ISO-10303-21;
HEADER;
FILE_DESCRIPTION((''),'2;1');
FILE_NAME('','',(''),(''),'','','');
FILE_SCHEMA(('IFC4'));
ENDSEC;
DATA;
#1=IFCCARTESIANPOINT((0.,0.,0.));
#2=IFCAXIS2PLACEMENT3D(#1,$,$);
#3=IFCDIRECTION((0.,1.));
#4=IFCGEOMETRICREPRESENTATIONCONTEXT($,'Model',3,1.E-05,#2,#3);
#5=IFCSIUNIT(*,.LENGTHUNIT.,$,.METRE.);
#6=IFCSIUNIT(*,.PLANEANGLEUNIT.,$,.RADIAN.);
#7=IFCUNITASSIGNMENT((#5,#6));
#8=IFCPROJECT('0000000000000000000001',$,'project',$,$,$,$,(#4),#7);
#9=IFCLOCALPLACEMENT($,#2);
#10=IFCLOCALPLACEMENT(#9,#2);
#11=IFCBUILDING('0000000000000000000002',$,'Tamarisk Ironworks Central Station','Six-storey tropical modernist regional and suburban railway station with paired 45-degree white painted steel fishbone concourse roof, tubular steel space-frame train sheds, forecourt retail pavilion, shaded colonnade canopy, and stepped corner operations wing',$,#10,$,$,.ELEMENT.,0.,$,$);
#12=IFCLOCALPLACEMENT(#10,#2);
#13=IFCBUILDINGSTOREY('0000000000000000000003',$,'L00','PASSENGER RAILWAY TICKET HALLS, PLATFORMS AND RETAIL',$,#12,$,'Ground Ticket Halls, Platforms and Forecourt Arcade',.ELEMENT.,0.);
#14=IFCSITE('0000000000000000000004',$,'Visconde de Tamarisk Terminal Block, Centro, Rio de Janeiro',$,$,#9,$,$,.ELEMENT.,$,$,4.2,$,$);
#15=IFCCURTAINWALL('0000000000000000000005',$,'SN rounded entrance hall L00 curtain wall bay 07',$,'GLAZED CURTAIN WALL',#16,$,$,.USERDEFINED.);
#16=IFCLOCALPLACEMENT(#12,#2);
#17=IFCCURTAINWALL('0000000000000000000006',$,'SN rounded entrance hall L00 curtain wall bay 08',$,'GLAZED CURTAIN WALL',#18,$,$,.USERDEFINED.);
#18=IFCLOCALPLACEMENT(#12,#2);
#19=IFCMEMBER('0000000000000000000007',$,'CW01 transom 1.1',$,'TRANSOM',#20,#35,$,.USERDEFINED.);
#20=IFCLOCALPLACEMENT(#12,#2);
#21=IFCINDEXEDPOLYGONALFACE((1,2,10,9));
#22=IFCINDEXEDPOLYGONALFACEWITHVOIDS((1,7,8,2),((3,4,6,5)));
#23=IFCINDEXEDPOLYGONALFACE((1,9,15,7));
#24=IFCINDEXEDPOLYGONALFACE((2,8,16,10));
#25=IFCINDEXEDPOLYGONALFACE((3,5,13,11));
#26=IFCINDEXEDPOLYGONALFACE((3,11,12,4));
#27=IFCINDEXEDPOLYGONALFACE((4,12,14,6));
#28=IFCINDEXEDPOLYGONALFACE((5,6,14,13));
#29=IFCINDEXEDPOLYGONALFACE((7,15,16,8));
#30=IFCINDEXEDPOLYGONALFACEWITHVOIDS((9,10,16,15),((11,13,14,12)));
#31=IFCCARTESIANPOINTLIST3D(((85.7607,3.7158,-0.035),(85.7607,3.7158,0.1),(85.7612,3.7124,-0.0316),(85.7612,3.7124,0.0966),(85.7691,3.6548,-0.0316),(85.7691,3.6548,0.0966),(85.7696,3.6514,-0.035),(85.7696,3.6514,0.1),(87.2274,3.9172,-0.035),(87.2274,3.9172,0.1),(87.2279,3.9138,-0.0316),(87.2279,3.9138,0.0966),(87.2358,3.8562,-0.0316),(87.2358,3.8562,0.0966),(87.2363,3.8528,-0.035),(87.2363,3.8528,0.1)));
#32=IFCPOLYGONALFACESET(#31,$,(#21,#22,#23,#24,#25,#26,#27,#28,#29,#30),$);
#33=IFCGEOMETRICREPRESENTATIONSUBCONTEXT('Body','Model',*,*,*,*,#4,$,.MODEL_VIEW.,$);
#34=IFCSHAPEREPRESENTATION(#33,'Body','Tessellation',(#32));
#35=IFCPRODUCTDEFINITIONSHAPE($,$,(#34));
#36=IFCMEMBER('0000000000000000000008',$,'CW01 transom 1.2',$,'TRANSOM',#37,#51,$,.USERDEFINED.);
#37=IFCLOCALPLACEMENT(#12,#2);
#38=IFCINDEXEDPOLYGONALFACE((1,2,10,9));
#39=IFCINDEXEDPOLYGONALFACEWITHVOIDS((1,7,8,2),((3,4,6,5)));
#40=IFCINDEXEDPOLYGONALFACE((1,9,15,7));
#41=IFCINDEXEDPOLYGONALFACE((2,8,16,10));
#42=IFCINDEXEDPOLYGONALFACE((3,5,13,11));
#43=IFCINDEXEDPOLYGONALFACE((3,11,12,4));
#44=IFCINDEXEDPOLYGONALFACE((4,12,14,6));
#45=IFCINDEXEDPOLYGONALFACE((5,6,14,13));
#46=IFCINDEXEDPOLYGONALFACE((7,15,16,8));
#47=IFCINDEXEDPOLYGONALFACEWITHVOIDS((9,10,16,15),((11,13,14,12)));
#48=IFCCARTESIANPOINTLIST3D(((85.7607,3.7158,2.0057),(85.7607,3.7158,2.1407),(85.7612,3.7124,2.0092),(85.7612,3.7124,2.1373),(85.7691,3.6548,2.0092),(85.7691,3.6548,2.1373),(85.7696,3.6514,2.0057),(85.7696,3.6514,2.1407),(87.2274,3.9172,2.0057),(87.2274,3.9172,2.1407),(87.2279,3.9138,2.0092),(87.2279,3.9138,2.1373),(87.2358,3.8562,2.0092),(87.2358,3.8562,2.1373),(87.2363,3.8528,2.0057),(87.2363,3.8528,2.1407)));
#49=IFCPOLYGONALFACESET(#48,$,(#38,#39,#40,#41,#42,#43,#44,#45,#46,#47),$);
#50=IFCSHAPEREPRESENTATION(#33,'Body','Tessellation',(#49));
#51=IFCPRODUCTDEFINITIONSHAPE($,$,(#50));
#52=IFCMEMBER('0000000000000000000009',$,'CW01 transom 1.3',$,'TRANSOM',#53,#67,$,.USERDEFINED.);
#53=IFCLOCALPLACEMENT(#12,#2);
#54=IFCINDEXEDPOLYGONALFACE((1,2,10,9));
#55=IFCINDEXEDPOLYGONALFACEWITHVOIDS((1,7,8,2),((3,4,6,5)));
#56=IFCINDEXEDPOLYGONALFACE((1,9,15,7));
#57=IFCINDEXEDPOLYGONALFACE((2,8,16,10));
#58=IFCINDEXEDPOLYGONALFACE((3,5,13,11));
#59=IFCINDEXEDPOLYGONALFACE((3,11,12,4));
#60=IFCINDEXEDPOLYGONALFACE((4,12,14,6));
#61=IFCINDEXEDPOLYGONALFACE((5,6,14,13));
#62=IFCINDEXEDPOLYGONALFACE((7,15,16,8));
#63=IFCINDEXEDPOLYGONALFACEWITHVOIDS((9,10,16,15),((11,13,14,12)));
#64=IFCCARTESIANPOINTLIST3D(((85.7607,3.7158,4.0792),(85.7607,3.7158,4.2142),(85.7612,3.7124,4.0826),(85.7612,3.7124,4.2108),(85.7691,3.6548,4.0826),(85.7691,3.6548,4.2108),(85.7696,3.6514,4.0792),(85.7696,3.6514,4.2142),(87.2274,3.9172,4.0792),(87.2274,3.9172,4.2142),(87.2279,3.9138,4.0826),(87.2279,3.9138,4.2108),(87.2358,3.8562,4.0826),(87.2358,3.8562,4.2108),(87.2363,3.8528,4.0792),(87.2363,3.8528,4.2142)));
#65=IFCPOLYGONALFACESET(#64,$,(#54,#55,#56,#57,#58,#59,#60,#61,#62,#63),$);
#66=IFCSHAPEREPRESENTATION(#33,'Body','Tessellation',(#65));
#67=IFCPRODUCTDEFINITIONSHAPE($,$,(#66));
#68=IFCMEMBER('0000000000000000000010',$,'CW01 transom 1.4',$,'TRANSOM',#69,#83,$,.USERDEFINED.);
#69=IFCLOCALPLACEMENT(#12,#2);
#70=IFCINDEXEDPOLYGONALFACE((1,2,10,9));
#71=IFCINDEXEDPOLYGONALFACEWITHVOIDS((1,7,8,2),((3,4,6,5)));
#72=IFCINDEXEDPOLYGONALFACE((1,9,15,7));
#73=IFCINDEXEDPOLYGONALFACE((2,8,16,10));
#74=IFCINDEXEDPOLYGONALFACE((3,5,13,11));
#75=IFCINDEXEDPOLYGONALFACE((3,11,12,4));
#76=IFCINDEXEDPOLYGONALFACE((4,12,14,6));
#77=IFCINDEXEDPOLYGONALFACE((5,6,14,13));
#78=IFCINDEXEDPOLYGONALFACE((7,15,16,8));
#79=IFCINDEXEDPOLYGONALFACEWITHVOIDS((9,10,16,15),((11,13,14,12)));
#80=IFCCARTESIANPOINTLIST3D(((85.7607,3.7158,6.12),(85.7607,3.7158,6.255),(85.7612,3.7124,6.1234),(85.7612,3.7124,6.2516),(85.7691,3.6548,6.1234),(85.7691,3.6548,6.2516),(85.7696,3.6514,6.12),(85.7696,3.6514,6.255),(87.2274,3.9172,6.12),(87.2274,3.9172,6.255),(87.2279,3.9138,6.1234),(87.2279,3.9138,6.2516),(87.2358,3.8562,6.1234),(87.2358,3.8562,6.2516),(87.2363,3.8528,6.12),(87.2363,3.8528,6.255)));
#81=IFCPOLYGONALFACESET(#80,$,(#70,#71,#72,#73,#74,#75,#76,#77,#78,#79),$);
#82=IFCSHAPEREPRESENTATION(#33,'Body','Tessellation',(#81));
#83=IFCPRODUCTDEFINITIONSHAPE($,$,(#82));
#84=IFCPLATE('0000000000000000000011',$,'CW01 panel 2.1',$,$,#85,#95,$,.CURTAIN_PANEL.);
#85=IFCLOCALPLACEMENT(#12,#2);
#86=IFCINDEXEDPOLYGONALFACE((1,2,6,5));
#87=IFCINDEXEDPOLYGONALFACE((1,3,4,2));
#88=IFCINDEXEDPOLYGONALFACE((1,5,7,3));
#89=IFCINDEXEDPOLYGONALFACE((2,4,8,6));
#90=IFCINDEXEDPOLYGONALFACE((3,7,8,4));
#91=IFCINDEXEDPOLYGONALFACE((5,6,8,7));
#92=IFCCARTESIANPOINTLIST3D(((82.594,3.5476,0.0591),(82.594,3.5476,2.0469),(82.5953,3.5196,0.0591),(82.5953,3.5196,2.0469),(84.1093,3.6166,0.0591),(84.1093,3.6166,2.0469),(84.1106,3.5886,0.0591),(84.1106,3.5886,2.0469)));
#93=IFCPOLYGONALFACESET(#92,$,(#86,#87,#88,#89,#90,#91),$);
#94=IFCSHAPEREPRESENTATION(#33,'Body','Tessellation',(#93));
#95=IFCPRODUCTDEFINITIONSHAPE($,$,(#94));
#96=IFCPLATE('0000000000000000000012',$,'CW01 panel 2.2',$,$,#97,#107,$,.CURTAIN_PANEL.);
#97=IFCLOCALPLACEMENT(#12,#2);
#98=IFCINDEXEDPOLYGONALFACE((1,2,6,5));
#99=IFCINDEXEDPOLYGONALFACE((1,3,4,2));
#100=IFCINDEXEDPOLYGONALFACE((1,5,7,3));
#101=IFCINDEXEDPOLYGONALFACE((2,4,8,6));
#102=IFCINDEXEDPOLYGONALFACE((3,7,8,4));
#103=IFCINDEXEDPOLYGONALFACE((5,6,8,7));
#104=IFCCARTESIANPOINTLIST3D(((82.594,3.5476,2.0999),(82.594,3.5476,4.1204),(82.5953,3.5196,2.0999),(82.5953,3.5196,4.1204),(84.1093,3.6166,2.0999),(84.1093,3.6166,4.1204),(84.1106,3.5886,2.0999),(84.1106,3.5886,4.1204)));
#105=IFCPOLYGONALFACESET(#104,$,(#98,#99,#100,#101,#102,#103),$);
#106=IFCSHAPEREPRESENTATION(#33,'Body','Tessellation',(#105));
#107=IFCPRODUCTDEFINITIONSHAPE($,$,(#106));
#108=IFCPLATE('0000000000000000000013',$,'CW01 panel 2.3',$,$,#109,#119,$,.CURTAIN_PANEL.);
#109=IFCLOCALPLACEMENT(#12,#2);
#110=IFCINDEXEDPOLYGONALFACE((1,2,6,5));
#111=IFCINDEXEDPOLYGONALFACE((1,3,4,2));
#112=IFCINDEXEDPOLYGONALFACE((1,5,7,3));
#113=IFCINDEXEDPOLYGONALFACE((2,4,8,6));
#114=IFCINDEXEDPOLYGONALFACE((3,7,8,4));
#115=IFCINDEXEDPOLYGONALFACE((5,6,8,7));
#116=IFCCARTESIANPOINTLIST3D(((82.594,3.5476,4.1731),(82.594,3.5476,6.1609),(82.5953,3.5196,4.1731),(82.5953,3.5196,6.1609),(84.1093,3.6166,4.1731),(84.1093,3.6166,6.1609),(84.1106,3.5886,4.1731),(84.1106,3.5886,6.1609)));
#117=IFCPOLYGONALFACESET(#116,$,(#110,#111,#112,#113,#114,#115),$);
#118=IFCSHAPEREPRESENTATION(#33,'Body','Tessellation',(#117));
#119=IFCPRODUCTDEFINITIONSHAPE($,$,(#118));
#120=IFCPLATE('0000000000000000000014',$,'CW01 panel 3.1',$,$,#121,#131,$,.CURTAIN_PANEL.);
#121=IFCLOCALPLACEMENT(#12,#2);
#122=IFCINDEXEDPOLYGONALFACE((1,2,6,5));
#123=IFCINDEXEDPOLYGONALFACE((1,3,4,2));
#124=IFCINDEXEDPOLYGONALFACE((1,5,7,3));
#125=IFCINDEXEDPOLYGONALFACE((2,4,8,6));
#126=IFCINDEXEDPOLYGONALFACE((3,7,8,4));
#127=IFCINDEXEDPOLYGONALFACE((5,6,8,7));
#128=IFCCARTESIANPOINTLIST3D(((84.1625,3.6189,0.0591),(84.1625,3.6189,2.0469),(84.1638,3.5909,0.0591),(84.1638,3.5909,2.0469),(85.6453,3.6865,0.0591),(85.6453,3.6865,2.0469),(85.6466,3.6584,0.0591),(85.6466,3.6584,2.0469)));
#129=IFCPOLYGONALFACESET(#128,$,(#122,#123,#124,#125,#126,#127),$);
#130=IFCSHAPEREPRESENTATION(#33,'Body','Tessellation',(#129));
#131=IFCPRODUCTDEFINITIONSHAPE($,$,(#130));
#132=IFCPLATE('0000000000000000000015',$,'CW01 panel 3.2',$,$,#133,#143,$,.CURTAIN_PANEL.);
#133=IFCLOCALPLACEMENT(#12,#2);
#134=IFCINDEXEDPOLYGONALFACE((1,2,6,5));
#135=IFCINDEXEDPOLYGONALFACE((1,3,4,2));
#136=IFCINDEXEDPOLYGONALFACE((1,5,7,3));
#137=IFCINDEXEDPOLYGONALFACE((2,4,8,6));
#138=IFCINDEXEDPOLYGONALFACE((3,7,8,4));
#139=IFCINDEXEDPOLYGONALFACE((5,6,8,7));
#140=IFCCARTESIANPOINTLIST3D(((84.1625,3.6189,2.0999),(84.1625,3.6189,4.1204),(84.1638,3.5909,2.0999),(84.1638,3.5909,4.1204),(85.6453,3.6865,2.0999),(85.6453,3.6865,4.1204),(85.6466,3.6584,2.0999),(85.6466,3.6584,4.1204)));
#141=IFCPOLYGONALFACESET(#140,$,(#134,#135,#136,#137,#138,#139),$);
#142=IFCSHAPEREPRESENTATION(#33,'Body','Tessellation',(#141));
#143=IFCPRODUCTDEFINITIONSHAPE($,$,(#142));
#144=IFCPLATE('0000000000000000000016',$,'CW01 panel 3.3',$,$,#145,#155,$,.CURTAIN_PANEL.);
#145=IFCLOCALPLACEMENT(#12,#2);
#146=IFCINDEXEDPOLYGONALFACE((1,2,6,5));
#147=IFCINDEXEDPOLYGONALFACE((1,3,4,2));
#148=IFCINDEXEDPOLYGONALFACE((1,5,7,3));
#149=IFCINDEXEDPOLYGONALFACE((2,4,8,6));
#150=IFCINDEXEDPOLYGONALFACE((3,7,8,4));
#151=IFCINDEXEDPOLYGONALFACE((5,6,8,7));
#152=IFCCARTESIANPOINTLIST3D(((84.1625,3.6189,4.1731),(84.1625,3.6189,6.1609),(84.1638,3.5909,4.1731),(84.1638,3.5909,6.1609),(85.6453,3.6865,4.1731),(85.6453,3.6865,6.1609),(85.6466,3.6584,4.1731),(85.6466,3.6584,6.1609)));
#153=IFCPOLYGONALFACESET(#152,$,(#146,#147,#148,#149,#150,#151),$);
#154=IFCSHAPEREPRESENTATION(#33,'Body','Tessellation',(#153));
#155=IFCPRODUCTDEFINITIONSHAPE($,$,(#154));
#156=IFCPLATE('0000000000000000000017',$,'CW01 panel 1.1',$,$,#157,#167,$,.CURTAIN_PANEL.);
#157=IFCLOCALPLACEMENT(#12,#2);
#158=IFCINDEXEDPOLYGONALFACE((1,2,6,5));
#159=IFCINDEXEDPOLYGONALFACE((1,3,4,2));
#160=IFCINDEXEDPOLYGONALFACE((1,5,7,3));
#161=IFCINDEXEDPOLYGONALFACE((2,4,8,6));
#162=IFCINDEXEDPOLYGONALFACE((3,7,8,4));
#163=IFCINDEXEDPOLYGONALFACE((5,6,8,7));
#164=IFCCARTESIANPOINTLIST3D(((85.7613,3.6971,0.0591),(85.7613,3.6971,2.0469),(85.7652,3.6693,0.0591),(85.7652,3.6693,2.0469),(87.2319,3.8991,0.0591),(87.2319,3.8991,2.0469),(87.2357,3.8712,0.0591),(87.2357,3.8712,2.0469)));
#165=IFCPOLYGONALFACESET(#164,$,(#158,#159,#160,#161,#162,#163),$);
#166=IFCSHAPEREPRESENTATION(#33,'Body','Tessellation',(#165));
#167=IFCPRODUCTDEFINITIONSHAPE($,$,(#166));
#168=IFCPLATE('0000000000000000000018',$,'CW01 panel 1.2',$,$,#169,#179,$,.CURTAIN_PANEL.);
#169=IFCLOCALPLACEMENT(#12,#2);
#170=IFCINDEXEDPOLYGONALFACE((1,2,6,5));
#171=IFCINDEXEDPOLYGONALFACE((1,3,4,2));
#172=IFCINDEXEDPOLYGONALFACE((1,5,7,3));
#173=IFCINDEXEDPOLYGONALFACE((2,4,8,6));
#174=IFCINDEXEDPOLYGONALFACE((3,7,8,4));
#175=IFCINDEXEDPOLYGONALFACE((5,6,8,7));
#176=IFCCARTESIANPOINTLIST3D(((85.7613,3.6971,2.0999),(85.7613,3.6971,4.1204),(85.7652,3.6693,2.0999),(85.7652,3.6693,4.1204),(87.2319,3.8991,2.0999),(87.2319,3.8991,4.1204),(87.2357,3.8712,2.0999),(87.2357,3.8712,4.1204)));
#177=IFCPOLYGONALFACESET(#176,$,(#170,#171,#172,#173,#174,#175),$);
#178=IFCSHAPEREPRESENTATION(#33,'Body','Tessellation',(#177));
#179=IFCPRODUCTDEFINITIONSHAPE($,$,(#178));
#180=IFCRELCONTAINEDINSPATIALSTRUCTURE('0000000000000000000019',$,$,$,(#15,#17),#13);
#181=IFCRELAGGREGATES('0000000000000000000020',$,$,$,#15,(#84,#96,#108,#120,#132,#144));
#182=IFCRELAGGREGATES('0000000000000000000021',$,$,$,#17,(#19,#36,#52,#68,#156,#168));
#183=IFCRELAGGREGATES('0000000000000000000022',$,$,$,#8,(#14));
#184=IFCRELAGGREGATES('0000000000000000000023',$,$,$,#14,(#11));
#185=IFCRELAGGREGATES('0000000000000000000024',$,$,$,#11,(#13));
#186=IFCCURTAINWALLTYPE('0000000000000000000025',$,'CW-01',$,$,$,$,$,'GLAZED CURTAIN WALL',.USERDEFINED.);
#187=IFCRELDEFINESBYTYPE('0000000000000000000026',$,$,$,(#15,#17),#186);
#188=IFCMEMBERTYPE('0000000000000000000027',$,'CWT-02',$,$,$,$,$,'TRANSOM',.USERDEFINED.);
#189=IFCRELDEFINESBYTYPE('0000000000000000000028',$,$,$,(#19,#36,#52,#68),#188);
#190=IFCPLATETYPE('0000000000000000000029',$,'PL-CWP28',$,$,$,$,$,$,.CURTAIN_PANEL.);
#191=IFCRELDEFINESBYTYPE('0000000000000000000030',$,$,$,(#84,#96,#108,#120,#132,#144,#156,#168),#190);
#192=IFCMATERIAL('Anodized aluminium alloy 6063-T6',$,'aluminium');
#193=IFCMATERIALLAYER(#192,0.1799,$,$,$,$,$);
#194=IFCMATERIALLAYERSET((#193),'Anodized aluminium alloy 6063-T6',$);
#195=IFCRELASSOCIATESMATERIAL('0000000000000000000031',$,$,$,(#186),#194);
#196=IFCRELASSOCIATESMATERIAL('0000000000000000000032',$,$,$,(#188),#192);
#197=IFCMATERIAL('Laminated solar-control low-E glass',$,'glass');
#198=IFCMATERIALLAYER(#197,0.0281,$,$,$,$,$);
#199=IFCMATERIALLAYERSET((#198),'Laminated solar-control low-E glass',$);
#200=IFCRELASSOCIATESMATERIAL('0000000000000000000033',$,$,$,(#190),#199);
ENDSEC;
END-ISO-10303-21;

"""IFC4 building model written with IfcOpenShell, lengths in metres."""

from ifc_helpers import new_model, si_unit, direction, frame, origin, origin_2d, place, context, subcontext, project, spatial, rectangle, hollow_rectangle, extrude, material, layer, layer_set, material_profile, profile_set, type_object, element, aggregate, save


model = new_model("IFC4")

# Units and contexts
model_context = context("Model", 3, precision=1e-05, world=origin(), true_north=direction((0.0, 1.0)))
body_context = subcontext(model_context, "Body", "Model", "MODEL_VIEW")
ifc_project = project(units=[si_unit("LENGTHUNIT", "METRE"), si_unit("PLANEANGLEUNIT", "RADIAN")], contexts=[model_context])

# Site, building, storey
site_placement = place(None, origin())
site = spatial("IfcSite", under=ifc_project, at=site_placement, Name="Visconde de Tamarisk Terminal Block, Centro, Rio de Janeiro", CompositionType="ELEMENT", RefElevation=4.2)
building_placement = place(site_placement, origin())
building = spatial("IfcBuilding", under=site, at=building_placement, Name="Tamarisk Ironworks Central Station", Description="Six-storey tropical modernist regional and suburban railway station with paired 45-degree white painted steel fishbone concourse roof, tubular steel space-frame train sheds, forecourt retail pavilion, shaded colonnade canopy, and stepped corner operations wing", CompositionType="ELEMENT", ElevationOfRefHeight=0.0)
storey_placement = place(building_placement, origin())
storey = spatial("IfcBuildingStorey", under=building, at=storey_placement, Name="L00", Description="PASSENGER RAILWAY TICKET HALLS, PLATFORMS AND RETAIL", LongName="Ground Ticket Halls, Platforms and Forecourt Arcade", CompositionType="ELEMENT", Elevation=0.0)

# Curtain wall
ifc_material_1 = material(Name="Anodized aluminium alloy 6063-T6", Category="aluminium")
ifc_layer_1 = layer(ifc_material_1, 0.1799)
ifc_layer_set_1 = layer_set([ifc_layer_1], Name="Anodized aluminium alloy 6063-T6")
curtain_wall_type = type_object("IfcCurtainWallType", Name="CW-01", ElementType="GLAZED CURTAIN WALL", PredefinedType="USERDEFINED", material=ifc_layer_set_1)
curtain_wall_1_placement = place(storey_placement, origin())
curtain_wall_1 = element("IfcCurtainWall", 1, at=curtain_wall_1_placement, inside=storey, type_object=curtain_wall_type, Name="SN rounded entrance hall L00 curtain wall bay 07", ObjectType="GLAZED CURTAIN WALL", PredefinedType="USERDEFINED")

# Curtain wall
curtain_wall_2_placement = place(storey_placement, origin())
curtain_wall_2 = element("IfcCurtainWall", 2, at=curtain_wall_2_placement, inside=storey, type_object=curtain_wall_type, Name="SN rounded entrance hall L00 curtain wall bay 08", ObjectType="GLAZED CURTAIN WALL", PredefinedType="USERDEFINED")

# Members
ifc_material_profile_1 = material_profile(ifc_material_1, hollow_rectangle(XDim=0.0649, YDim=0.135, WallThickness=0.0034, at=origin_2d()), Name="ALUM 135x65")
ifc_profile_set_1 = profile_set([ifc_material_profile_1], Name="Anodized aluminium alloy 6063-T6")
member_type_1 = type_object("IfcMemberType", Name="CWT-02", ElementType="TRANSOM", PredefinedType="USERDEFINED", material=ifc_profile_set_1)
member_1_placement = place(storey_placement, frame((85.7651, 3.6836, 0.0325), z_axis=(0.990703, 0.13604, 0.0), x_axis=(-0.13604, 0.990703, 0.0)))
member_1 = element("IfcMember", 3, at=member_1_placement, type_object=member_type_1, Name="CW01 transom 1.1", ObjectType="TRANSOM", PredefinedType="USERDEFINED", context=body_context, shape_type="SweptSolid", body=[
    extrude(hollow_rectangle(XDim=0.0649, YDim=0.135, WallThickness=0.0034, at=origin_2d()), origin(), (0.0, 0.0, 1.0), 1.4805),
])
member_2_placement = place(storey_placement, frame((85.7651, 3.6836, 2.0732), z_axis=(0.990703, 0.13604, 0.0), x_axis=(-0.13604, 0.990703, 0.0)))
member_2 = element("IfcMember", 4, at=member_2_placement, type_object=member_type_1, Name="CW01 transom 1.2", ObjectType="TRANSOM", PredefinedType="USERDEFINED", context=body_context, shape_type="SweptSolid", body=[
    extrude(hollow_rectangle(XDim=0.0649, YDim=0.135, WallThickness=0.0034, at=origin_2d()), origin(), (0.0, 0.0, 1.0), 1.4805),
])
member_3_placement = place(storey_placement, frame((85.7651, 3.6836, 4.1467), z_axis=(0.990703, 0.13604, 0.0), x_axis=(-0.13604, 0.990703, 0.0)))
member_3 = element("IfcMember", 5, at=member_3_placement, type_object=member_type_1, Name="CW01 transom 1.3", ObjectType="TRANSOM", PredefinedType="USERDEFINED", context=body_context, shape_type="SweptSolid", body=[
    extrude(hollow_rectangle(XDim=0.0649, YDim=0.135, WallThickness=0.0034, at=origin_2d()), origin(), (0.0, 0.0, 1.0), 1.4805),
])
member_4_placement = place(storey_placement, frame((85.7651, 3.6836, 6.1875), z_axis=(0.990703, 0.13604, 0.0), x_axis=(-0.13604, 0.990703, 0.0)))
member_4 = element("IfcMember", 6, at=member_4_placement, type_object=member_type_1, Name="CW01 transom 1.4", ObjectType="TRANSOM", PredefinedType="USERDEFINED", context=body_context, shape_type="SweptSolid", body=[
    extrude(hollow_rectangle(XDim=0.0649, YDim=0.135, WallThickness=0.0034, at=origin_2d()), origin(), (0.0, 0.0, 1.0), 1.4805),
])

# Plates
ifc_material_2 = material(Name="Laminated solar-control low-E glass", Category="glass")
ifc_layer_2 = layer(ifc_material_2, 0.0281)
ifc_layer_set_2 = layer_set([ifc_layer_2], Name="Laminated solar-control low-E glass")
plate_type = type_object("IfcPlateType", Name="PL-CWP28", PredefinedType="CURTAIN_PANEL", material=ifc_layer_set_2)
plate_1_placement = place(storey_placement, frame((83.3523, 3.5681, 0.0591), z_axis=(0.0, 0.0, 1.0), x_axis=(0.998965, 0.045481, 0.0)))
plate_1 = element("IfcPlate", 7, at=plate_1_placement, type_object=plate_type, Name="CW01 panel 2.1", PredefinedType="CURTAIN_PANEL", context=body_context, shape_type="SweptSolid", body=[
    extrude(rectangle(XDim=1.5168, YDim=0.0281, at=origin_2d()), origin(), (0.0, 0.0, 1.0), 1.9878),
])
plate_2_placement = place(storey_placement, frame((83.3523, 3.5681, 2.0999), z_axis=(0.0, 0.0, 1.0), x_axis=(0.998965, 0.045481, 0.0)))
plate_2 = element("IfcPlate", 8, at=plate_2_placement, type_object=plate_type, Name="CW01 panel 2.2", PredefinedType="CURTAIN_PANEL", context=body_context, shape_type="SweptSolid", body=[
    extrude(rectangle(XDim=1.5168, YDim=0.0281, at=origin_2d()), origin(), (0.0, 0.0, 1.0), 2.0205),
])
plate_3_placement = place(storey_placement, frame((83.3523, 3.5681, 4.1731), z_axis=(0.0, 0.0, 1.0), x_axis=(0.998965, 0.045481, 0.0)))
plate_3 = element("IfcPlate", 9, at=plate_3_placement, type_object=plate_type, Name="CW01 panel 2.3", PredefinedType="CURTAIN_PANEL", context=body_context, shape_type="SweptSolid", body=[
    extrude(rectangle(XDim=1.5168, YDim=0.0281, at=origin_2d()), origin(), (0.0, 0.0, 1.0), 1.9878),
])
plate_4_placement = place(storey_placement, frame((84.9045, 3.6387, 0.0591), z_axis=(0.0, 0.0, 1.0), x_axis=(0.998965, 0.045481, 0.0)))
plate_4 = element("IfcPlate", 10, at=plate_4_placement, type_object=plate_type, Name="CW01 panel 3.1", PredefinedType="CURTAIN_PANEL", context=body_context, shape_type="SweptSolid", body=[
    extrude(rectangle(XDim=1.4844, YDim=0.0281, at=origin_2d()), origin(), (0.0, 0.0, 1.0), 1.9878),
])
plate_5_placement = place(storey_placement, frame((84.9045, 3.6387, 2.0999), z_axis=(0.0, 0.0, 1.0), x_axis=(0.998965, 0.045481, 0.0)))
plate_5 = element("IfcPlate", 11, at=plate_5_placement, type_object=plate_type, Name="CW01 panel 3.2", PredefinedType="CURTAIN_PANEL", context=body_context, shape_type="SweptSolid", body=[
    extrude(rectangle(XDim=1.4844, YDim=0.0281, at=origin_2d()), origin(), (0.0, 0.0, 1.0), 2.0205),
])
plate_6_placement = place(storey_placement, frame((84.9045, 3.6387, 4.1731), z_axis=(0.0, 0.0, 1.0), x_axis=(0.998965, 0.045481, 0.0)))
plate_6 = element("IfcPlate", 12, at=plate_6_placement, type_object=plate_type, Name="CW01 panel 3.3", PredefinedType="CURTAIN_PANEL", context=body_context, shape_type="SweptSolid", body=[
    extrude(rectangle(XDim=1.4844, YDim=0.0281, at=origin_2d()), origin(), (0.0, 0.0, 1.0), 1.9878),
])
aggregate(curtain_wall_1, [plate_1, plate_2, plate_3, plate_4, plate_5, plate_6])
plate_7_placement = place(storey_placement, frame((86.4985, 3.7842, 0.0591), z_axis=(0.0, 0.0, 1.0), x_axis=(0.990703, 0.136042, 0.0)))
plate_7 = element("IfcPlate", 13, at=plate_7_placement, type_object=plate_type, Name="CW01 panel 1.1", PredefinedType="CURTAIN_PANEL", context=body_context, shape_type="SweptSolid", body=[
    extrude(rectangle(XDim=1.4844, YDim=0.0281, at=origin_2d()), origin(), (0.0, 0.0, 1.0), 1.9878),
])
plate_8_placement = place(storey_placement, frame((86.4985, 3.7842, 2.0999), z_axis=(0.0, 0.0, 1.0), x_axis=(0.990703, 0.136042, 0.0)))
plate_8 = element("IfcPlate", 14, at=plate_8_placement, type_object=plate_type, Name="CW01 panel 1.2", PredefinedType="CURTAIN_PANEL", context=body_context, shape_type="SweptSolid", body=[
    extrude(rectangle(XDim=1.4844, YDim=0.0281, at=origin_2d()), origin(), (0.0, 0.0, 1.0), 2.0205),
])
aggregate(curtain_wall_2, [member_1, member_2, member_3, member_4, plate_7, plate_8])

save(model, "model.ifc")
